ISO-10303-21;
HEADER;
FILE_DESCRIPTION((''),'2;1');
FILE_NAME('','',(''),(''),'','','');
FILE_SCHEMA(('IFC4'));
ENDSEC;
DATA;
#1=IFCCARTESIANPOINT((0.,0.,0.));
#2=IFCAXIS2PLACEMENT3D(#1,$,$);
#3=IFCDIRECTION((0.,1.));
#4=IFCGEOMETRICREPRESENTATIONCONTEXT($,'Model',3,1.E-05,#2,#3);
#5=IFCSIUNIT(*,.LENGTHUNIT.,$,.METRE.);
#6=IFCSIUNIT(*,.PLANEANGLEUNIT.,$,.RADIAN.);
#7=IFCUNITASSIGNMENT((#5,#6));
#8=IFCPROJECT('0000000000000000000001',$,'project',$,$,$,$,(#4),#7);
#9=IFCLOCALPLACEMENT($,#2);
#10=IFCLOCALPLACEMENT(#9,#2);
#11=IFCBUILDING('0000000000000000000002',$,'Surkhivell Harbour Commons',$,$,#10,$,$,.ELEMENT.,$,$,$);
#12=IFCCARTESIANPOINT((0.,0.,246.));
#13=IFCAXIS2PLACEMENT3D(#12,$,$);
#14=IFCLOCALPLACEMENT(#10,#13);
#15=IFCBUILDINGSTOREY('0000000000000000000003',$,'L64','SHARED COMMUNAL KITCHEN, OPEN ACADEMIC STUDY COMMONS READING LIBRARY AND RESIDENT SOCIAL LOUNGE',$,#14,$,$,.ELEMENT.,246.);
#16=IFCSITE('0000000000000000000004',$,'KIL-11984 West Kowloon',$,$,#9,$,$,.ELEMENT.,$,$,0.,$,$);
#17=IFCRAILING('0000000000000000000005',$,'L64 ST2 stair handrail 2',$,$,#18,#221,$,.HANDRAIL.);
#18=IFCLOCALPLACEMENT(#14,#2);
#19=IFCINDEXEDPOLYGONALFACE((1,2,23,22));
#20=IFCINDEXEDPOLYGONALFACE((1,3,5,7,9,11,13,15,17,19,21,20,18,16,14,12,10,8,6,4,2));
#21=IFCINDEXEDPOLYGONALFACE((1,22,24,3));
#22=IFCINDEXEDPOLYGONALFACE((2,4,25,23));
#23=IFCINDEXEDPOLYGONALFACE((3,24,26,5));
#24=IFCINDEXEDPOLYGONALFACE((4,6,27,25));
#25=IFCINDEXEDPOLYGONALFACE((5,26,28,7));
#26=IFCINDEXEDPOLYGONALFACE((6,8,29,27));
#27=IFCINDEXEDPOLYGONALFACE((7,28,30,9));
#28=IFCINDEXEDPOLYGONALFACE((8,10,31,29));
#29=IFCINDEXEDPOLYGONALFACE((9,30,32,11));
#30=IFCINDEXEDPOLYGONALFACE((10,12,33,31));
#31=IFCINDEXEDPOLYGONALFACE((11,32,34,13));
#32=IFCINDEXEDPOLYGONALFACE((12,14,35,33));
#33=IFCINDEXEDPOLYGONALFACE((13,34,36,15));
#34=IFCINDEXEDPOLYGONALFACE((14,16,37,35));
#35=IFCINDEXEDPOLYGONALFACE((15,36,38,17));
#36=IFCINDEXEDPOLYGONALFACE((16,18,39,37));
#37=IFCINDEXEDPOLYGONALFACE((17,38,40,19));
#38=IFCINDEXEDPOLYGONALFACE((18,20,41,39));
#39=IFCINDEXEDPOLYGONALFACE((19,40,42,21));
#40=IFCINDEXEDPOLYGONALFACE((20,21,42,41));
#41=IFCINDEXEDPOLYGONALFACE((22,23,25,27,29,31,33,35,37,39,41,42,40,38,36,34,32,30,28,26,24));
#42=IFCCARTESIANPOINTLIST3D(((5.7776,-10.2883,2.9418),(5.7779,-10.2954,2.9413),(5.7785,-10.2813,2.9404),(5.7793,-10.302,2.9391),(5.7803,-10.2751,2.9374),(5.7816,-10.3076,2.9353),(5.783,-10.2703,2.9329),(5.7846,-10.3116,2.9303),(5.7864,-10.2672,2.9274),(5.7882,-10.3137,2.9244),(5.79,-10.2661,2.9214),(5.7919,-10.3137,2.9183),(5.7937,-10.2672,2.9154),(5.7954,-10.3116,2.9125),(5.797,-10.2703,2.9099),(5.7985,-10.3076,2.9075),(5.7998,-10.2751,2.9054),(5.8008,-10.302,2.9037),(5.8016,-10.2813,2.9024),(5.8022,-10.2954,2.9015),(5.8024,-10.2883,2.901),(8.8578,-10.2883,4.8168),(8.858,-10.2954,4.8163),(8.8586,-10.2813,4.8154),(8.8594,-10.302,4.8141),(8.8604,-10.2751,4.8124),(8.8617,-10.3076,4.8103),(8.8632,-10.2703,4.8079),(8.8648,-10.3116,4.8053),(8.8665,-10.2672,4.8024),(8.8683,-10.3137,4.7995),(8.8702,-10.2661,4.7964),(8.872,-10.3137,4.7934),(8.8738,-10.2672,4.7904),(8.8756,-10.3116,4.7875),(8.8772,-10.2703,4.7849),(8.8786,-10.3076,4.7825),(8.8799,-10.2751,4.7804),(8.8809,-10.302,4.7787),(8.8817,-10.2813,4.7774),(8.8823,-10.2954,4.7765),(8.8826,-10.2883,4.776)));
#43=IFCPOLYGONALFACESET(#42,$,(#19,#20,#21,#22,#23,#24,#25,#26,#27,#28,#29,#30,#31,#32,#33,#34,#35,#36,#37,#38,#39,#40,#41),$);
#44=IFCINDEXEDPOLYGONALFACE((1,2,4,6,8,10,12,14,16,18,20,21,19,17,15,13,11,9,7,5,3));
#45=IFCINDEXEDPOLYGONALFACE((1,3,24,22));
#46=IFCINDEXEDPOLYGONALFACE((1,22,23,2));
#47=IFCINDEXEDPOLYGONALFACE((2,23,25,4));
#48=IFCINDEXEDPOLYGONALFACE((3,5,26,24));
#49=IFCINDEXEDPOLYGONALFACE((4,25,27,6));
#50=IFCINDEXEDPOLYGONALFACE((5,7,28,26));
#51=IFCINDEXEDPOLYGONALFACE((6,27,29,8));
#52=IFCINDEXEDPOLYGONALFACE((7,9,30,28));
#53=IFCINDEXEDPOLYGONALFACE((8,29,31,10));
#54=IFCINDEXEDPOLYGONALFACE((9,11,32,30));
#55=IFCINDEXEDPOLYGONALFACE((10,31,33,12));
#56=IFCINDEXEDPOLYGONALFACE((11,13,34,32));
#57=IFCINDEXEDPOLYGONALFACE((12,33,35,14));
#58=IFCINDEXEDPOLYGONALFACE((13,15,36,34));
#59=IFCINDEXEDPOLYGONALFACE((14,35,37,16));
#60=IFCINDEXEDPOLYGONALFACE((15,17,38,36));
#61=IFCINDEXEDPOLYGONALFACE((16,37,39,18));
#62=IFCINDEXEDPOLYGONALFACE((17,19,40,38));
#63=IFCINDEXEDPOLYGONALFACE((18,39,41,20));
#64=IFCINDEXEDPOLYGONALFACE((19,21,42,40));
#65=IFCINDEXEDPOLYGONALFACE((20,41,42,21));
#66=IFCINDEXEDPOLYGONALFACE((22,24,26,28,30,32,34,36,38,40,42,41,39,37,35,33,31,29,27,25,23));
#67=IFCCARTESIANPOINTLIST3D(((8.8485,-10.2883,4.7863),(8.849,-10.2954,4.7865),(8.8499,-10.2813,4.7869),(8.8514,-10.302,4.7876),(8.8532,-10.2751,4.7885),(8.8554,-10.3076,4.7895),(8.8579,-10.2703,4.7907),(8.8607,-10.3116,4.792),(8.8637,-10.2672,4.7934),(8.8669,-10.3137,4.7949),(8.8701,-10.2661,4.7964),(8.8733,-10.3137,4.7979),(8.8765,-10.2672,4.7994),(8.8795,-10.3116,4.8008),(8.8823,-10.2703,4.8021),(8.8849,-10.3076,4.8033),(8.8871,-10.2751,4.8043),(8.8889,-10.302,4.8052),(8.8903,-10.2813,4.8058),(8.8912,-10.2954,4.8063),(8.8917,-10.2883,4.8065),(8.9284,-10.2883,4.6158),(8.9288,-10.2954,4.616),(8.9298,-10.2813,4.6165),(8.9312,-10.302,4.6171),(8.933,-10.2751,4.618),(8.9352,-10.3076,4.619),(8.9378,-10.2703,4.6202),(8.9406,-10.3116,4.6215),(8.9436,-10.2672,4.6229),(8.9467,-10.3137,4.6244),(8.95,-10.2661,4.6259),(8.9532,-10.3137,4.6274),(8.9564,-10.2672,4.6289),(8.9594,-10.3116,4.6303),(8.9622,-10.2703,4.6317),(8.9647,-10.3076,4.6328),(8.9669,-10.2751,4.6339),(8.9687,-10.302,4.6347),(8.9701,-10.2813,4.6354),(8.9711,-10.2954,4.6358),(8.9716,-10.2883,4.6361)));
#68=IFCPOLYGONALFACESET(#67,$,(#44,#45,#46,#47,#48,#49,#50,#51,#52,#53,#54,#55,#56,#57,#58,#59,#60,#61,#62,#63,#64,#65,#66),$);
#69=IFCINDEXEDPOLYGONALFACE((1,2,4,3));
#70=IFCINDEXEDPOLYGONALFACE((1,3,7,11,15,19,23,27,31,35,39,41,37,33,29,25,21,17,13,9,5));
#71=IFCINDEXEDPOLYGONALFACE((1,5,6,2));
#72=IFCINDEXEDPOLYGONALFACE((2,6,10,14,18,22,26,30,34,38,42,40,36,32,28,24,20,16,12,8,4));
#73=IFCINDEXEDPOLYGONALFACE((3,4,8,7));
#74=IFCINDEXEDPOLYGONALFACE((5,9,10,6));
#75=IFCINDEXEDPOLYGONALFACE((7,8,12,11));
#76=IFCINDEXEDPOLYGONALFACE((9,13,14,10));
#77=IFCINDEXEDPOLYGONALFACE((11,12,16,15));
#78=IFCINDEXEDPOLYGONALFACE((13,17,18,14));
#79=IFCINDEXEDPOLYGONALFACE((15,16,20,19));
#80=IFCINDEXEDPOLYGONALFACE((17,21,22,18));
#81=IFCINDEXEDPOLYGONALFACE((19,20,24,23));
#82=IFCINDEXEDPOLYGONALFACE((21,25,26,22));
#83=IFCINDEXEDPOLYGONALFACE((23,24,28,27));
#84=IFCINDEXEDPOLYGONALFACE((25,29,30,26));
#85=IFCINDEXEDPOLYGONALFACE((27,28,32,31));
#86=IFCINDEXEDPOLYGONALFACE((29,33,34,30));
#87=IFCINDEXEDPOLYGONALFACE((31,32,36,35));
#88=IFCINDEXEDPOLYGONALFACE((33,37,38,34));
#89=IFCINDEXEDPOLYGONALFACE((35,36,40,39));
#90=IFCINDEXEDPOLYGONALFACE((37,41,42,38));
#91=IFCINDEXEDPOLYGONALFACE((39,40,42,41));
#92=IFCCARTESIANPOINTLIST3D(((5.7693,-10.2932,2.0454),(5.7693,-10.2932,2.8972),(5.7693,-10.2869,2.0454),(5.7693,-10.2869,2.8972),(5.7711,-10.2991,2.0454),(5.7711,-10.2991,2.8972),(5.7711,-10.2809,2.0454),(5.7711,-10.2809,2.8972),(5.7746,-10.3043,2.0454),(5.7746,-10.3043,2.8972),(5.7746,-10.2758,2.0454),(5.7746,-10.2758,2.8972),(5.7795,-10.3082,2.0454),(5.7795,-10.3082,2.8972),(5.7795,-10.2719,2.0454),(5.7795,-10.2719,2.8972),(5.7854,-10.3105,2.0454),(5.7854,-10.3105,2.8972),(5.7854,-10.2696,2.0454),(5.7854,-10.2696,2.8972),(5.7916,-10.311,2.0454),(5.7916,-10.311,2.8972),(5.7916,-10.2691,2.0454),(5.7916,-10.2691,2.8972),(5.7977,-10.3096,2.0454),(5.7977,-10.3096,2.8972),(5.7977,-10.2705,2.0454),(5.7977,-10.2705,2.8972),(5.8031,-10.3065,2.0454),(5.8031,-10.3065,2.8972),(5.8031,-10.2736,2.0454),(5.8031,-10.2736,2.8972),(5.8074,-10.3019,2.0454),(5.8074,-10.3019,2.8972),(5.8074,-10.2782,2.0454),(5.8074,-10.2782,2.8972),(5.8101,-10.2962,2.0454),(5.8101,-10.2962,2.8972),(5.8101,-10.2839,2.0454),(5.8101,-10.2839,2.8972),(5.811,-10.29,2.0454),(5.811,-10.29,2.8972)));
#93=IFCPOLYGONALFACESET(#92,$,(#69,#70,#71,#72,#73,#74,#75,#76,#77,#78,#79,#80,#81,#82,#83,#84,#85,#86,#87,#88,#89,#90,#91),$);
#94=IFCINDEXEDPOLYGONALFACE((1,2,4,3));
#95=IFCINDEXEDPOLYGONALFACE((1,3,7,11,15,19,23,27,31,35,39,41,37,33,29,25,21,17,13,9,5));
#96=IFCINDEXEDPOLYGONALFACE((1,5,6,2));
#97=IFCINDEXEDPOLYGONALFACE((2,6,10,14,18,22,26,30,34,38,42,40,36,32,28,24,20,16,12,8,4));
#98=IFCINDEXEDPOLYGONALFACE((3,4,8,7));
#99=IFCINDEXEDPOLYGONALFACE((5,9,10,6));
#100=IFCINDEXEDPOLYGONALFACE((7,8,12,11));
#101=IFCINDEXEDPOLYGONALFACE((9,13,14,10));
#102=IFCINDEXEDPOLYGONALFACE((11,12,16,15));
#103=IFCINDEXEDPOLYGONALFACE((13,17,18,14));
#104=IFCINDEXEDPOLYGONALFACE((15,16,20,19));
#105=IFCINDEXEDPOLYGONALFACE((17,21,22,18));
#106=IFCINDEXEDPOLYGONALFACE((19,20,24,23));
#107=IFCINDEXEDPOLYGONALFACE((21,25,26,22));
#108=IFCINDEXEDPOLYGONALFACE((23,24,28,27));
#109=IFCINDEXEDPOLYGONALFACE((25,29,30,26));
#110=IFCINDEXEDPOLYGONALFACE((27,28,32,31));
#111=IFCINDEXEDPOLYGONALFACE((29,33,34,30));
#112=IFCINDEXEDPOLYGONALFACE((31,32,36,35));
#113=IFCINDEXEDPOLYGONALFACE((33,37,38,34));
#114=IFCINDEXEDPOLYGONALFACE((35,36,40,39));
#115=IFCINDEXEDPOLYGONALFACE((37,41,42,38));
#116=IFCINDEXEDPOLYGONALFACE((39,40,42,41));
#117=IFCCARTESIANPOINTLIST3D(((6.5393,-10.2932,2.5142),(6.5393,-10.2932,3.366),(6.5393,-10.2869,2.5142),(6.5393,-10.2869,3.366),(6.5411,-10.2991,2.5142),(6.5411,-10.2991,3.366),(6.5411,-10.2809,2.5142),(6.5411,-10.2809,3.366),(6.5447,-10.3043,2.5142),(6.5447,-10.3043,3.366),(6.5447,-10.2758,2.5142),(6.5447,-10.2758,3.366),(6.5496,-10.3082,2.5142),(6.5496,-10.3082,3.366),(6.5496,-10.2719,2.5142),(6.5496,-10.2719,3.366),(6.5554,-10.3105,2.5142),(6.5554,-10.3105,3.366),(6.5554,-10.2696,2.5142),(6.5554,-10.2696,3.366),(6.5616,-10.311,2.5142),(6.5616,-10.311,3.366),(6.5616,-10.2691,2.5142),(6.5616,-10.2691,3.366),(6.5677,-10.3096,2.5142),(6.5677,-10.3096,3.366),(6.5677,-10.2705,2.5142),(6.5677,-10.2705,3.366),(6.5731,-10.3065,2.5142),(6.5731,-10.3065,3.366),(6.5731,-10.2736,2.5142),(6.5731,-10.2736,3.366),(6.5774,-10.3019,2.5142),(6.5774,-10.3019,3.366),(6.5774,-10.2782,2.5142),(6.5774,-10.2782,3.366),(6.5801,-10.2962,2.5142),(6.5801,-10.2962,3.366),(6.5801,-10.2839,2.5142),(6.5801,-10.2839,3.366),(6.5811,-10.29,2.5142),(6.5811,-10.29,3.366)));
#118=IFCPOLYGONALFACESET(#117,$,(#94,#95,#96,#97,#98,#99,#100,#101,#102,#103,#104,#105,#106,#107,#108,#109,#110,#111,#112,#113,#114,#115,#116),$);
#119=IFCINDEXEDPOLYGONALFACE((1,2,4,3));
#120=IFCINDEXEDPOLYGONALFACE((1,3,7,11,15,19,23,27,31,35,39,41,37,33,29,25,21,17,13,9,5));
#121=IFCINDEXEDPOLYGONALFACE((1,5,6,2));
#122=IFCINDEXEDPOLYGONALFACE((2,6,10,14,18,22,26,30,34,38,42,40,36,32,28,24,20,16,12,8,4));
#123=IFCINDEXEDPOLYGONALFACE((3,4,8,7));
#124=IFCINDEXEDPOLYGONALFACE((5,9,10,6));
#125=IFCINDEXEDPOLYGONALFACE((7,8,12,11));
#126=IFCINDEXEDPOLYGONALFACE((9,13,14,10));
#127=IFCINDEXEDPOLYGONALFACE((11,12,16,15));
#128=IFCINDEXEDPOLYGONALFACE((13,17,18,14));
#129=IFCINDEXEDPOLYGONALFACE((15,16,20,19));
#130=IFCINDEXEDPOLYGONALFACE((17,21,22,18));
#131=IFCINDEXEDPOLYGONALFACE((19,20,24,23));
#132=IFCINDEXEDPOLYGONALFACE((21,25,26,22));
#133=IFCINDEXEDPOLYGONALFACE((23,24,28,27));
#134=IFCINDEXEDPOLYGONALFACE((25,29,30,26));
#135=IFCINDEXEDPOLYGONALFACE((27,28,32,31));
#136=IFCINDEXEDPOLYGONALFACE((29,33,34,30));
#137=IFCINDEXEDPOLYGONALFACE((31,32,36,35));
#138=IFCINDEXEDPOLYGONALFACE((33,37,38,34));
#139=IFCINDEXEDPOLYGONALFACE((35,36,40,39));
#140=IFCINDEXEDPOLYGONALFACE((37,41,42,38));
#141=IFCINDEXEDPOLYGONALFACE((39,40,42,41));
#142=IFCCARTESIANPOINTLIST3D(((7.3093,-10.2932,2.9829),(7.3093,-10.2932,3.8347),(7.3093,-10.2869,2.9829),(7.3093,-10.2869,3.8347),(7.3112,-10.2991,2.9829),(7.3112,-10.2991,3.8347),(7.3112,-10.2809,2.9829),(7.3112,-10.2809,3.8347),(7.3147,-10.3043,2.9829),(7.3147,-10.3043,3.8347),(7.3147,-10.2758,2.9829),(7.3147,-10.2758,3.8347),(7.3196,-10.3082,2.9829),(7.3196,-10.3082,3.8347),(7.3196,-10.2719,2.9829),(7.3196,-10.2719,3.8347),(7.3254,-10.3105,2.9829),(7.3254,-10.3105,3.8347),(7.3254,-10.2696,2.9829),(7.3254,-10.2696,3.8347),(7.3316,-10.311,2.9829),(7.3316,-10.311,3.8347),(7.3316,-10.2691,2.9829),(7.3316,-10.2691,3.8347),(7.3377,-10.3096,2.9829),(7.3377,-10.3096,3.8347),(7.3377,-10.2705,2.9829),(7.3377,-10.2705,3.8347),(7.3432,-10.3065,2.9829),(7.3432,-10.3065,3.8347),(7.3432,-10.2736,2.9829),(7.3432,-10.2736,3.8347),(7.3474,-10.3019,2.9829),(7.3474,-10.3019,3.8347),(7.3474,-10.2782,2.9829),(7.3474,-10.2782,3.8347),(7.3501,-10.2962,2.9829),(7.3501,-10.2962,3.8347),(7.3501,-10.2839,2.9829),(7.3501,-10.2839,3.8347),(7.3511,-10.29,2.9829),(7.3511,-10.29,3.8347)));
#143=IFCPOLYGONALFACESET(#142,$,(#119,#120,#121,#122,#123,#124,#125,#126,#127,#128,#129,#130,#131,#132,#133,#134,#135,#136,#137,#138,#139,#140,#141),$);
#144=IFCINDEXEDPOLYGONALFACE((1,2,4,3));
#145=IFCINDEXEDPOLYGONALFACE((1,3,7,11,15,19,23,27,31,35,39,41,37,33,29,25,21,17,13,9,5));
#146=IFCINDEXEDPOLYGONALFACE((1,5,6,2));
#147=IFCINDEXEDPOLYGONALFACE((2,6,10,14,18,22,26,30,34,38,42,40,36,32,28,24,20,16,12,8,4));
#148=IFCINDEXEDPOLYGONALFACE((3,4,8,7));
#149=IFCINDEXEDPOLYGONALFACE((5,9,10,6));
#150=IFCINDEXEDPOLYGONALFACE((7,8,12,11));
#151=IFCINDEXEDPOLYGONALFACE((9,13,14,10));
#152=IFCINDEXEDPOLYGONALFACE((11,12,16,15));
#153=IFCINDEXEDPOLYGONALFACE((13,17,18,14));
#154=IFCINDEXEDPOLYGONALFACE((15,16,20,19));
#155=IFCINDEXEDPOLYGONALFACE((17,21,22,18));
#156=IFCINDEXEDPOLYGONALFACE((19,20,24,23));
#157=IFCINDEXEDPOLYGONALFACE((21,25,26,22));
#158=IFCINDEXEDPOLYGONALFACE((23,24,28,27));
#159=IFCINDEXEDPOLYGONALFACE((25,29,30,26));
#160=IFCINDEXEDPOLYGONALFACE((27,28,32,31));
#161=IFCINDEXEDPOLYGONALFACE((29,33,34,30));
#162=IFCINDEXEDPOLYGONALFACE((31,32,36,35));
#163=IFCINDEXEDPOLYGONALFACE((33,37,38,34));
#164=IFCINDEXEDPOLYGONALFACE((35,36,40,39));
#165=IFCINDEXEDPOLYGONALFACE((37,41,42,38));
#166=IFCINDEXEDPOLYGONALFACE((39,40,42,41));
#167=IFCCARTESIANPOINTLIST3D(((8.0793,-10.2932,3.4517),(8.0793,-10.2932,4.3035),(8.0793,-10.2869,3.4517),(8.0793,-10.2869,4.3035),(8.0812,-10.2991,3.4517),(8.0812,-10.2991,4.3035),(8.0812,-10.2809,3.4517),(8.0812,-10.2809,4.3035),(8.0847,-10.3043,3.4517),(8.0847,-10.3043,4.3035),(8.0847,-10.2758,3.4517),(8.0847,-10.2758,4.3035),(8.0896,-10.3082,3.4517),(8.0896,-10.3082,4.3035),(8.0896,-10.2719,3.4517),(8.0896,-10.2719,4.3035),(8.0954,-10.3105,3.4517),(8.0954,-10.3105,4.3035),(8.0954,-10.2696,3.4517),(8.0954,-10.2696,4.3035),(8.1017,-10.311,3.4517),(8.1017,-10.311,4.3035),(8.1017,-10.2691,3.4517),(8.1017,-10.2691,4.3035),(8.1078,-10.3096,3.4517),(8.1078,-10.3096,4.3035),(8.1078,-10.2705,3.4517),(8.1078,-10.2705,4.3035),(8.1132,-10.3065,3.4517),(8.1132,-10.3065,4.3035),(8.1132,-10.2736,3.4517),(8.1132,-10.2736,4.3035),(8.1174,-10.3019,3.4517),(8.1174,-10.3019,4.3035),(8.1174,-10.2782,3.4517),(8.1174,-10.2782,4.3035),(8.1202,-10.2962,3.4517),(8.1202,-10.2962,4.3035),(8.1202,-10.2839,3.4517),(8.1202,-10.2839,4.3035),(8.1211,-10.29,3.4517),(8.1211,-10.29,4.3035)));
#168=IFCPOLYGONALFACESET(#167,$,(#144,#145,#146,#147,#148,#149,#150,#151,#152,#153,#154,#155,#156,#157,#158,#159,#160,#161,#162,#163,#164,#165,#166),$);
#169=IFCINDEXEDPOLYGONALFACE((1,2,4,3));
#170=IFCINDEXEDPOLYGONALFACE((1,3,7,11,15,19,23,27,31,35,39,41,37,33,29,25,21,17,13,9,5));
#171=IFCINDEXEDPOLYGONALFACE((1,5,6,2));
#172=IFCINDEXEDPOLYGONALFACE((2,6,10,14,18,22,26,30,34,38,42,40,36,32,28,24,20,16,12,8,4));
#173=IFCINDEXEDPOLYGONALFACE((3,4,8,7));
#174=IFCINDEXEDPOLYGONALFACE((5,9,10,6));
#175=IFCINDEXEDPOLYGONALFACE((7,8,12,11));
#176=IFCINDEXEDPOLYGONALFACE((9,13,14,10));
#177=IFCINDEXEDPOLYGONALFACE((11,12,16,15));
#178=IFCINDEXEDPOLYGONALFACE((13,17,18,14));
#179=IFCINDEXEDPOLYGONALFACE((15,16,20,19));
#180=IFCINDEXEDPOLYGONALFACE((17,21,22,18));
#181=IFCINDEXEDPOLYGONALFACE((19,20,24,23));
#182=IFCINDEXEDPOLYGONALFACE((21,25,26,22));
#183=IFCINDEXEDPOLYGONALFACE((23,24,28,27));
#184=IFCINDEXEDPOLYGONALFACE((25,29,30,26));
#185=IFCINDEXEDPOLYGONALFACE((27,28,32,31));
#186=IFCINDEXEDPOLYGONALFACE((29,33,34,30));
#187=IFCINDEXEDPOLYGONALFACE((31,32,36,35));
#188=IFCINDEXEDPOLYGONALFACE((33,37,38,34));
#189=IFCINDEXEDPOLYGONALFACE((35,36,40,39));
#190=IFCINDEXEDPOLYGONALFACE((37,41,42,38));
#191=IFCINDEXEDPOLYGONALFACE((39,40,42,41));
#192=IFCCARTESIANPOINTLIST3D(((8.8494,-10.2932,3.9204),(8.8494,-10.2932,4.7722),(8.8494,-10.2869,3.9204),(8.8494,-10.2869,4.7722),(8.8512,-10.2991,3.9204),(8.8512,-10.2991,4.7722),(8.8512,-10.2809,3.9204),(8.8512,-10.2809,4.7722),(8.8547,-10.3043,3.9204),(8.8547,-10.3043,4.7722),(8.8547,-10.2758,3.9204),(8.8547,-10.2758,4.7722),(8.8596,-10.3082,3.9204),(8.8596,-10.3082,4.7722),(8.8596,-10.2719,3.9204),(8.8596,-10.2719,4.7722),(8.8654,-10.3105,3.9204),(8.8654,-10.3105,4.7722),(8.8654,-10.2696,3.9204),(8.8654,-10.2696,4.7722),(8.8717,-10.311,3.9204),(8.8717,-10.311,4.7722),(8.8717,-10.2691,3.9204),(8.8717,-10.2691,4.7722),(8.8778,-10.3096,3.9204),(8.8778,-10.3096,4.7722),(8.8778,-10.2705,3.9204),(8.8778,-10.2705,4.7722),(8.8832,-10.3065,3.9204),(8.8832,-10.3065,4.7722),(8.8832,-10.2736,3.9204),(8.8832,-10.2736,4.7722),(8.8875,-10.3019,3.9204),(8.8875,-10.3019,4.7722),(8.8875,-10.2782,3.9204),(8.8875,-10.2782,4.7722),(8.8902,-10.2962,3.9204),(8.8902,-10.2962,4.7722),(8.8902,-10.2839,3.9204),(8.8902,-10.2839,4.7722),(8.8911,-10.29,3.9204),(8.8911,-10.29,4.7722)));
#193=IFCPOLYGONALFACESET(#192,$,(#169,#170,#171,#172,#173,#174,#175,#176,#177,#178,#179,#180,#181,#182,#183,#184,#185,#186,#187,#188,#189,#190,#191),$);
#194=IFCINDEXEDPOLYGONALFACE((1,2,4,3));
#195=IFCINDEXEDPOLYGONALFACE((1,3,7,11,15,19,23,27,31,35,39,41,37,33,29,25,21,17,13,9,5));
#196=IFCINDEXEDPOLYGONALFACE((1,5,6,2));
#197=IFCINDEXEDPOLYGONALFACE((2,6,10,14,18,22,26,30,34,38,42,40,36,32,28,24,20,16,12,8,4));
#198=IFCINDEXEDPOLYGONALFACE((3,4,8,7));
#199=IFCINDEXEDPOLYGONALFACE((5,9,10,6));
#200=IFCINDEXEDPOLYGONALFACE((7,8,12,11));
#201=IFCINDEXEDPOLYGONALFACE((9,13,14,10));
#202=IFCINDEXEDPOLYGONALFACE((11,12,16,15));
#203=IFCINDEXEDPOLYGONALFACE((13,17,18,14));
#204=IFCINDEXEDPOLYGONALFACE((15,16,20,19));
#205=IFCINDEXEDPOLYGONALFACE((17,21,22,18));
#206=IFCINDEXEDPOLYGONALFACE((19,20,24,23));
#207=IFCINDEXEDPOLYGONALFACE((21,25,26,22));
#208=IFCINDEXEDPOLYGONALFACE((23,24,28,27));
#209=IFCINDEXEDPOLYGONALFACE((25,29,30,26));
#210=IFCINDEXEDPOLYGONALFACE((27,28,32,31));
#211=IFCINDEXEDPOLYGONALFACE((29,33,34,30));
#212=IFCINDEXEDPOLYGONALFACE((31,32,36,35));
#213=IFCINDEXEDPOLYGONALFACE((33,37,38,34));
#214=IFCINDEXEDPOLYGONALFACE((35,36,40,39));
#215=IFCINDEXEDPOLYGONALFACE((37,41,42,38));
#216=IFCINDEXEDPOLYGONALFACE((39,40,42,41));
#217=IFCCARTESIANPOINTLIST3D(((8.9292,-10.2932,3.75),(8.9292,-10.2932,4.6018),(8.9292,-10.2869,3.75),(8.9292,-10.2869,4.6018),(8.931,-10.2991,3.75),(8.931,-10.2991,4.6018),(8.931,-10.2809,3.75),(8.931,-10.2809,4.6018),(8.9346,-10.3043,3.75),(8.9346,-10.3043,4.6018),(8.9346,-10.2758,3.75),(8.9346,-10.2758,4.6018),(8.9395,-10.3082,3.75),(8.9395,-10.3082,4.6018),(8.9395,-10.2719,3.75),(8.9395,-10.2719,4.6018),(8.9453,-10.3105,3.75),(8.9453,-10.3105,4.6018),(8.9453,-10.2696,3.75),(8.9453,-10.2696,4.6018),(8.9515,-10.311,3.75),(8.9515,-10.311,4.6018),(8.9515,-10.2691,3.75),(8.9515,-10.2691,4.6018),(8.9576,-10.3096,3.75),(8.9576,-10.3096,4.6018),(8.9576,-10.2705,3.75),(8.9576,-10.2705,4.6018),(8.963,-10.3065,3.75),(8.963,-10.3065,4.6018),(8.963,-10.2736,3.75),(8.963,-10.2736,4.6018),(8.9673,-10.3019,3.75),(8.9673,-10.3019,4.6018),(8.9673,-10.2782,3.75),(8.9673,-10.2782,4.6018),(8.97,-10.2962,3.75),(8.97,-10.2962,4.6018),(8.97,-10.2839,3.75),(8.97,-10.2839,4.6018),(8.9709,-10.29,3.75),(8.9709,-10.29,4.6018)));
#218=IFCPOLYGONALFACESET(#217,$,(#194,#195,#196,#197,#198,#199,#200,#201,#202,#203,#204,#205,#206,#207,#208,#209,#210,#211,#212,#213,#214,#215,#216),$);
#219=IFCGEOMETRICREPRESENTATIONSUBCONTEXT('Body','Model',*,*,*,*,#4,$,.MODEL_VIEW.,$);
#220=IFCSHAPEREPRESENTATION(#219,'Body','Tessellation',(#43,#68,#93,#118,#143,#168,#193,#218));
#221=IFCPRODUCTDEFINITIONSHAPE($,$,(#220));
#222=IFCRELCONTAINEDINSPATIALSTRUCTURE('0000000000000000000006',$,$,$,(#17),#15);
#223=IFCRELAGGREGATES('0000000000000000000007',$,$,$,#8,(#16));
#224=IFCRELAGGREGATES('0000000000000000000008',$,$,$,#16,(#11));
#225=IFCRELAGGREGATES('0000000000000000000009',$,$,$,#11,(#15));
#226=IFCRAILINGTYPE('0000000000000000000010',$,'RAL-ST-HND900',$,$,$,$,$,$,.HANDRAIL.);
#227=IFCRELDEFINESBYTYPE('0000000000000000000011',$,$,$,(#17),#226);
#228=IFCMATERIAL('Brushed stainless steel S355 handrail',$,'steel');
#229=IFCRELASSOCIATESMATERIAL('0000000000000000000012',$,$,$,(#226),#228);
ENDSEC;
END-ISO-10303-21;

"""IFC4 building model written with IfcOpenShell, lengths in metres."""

from ifc_helpers import new_model, si_unit, direction, frame, origin, origin_2d, place, context, subcontext, project, spatial, circle, extrude, material, type_object, element, save


model = new_model("IFC4")

# Units and contexts
model_context = context("Model", 3, precision=1e-05, world=origin(), true_north=direction((0.0, 1.0)))
body_context = subcontext(model_context, "Body", "Model", "MODEL_VIEW")
ifc_project = project(units=[si_unit("LENGTHUNIT", "METRE"), si_unit("PLANEANGLEUNIT", "RADIAN")], contexts=[model_context])

# Site, building, storey
site_placement = place(None, origin())
site = spatial("IfcSite", under=ifc_project, at=site_placement, Name="KIL-11984 West Kowloon", CompositionType="ELEMENT", RefElevation=0.0)
building_placement = place(site_placement, origin())
building = spatial("IfcBuilding", under=site, at=building_placement, Name="Surkhivell Harbour Commons", CompositionType="ELEMENT")
storey_placement = place(building_placement, frame((0.0, 0.0, 246.0)))
storey = spatial("IfcBuildingStorey", under=building, at=storey_placement, Name="L64", Description="SHARED COMMUNAL KITCHEN, OPEN ACADEMIC STUDY COMMONS READING LIBRARY AND RESIDENT SOCIAL LOUNGE", CompositionType="ELEMENT", Elevation=246.0)

# Railing
ifc_material_1 = material(Name="Brushed stainless steel S355 handrail", Category="steel")
railing_type_1 = type_object("IfcRailingType", Name="RAL-ST-HND900", PredefinedType="HANDRAIL", material=ifc_material_1)
railing_1_placement = place(storey_placement, frame((5.79, -10.29, 2.0454)))
element("IfcRailing", 1, at=railing_1_placement, inside=storey, type_object=railing_type_1, Name="L64 ST2 stair handrail 2", PredefinedType="HANDRAIL", context=body_context, shape_type="SweptSolid", body=[
    extrude(circle(Radius=0.0239, at=origin_2d()), frame((0.0, 0.0, 0.876), z_axis=(0.854178, 0.0, 0.519981), x_axis=(0.0, 1.0, 0.0)), (0.0, 0.0, 1.0), 3.606),
    extrude(circle(Radius=0.0239, at=origin_2d()), frame((3.0801, 0.0, 2.751), z_axis=(0.424234, 0.0, -0.905552), x_axis=(0.0, 1.0, 0.0)), (0.0, 0.0, 1.0), 0.1882),
    extrude(circle(Radius=0.021, at=origin_2d()), origin(), (0.0, 0.0, 1.0), 0.8518),
    extrude(circle(Radius=0.021, at=origin_2d()), frame((0.77, 0.0, 0.4688)), (0.0, 0.0, 1.0), 0.8518),
    extrude(circle(Radius=0.021, at=origin_2d()), frame((1.54, 0.0, 0.9375)), (0.0, 0.0, 1.0), 0.8518),
    extrude(circle(Radius=0.021, at=origin_2d()), frame((2.3101, 0.0, 1.4062)), (0.0, 0.0, 1.0), 0.8518),
    extrude(circle(Radius=0.021, at=origin_2d()), frame((3.0801, 0.0, 1.875)), (0.0, 0.0, 1.0), 0.8518),
    extrude(circle(Radius=0.021, at=origin_2d()), frame((3.1599, 0.0, 1.7046)), (0.0, 0.0, 1.0), 0.8518),
])

save(model, "model.ifc")
